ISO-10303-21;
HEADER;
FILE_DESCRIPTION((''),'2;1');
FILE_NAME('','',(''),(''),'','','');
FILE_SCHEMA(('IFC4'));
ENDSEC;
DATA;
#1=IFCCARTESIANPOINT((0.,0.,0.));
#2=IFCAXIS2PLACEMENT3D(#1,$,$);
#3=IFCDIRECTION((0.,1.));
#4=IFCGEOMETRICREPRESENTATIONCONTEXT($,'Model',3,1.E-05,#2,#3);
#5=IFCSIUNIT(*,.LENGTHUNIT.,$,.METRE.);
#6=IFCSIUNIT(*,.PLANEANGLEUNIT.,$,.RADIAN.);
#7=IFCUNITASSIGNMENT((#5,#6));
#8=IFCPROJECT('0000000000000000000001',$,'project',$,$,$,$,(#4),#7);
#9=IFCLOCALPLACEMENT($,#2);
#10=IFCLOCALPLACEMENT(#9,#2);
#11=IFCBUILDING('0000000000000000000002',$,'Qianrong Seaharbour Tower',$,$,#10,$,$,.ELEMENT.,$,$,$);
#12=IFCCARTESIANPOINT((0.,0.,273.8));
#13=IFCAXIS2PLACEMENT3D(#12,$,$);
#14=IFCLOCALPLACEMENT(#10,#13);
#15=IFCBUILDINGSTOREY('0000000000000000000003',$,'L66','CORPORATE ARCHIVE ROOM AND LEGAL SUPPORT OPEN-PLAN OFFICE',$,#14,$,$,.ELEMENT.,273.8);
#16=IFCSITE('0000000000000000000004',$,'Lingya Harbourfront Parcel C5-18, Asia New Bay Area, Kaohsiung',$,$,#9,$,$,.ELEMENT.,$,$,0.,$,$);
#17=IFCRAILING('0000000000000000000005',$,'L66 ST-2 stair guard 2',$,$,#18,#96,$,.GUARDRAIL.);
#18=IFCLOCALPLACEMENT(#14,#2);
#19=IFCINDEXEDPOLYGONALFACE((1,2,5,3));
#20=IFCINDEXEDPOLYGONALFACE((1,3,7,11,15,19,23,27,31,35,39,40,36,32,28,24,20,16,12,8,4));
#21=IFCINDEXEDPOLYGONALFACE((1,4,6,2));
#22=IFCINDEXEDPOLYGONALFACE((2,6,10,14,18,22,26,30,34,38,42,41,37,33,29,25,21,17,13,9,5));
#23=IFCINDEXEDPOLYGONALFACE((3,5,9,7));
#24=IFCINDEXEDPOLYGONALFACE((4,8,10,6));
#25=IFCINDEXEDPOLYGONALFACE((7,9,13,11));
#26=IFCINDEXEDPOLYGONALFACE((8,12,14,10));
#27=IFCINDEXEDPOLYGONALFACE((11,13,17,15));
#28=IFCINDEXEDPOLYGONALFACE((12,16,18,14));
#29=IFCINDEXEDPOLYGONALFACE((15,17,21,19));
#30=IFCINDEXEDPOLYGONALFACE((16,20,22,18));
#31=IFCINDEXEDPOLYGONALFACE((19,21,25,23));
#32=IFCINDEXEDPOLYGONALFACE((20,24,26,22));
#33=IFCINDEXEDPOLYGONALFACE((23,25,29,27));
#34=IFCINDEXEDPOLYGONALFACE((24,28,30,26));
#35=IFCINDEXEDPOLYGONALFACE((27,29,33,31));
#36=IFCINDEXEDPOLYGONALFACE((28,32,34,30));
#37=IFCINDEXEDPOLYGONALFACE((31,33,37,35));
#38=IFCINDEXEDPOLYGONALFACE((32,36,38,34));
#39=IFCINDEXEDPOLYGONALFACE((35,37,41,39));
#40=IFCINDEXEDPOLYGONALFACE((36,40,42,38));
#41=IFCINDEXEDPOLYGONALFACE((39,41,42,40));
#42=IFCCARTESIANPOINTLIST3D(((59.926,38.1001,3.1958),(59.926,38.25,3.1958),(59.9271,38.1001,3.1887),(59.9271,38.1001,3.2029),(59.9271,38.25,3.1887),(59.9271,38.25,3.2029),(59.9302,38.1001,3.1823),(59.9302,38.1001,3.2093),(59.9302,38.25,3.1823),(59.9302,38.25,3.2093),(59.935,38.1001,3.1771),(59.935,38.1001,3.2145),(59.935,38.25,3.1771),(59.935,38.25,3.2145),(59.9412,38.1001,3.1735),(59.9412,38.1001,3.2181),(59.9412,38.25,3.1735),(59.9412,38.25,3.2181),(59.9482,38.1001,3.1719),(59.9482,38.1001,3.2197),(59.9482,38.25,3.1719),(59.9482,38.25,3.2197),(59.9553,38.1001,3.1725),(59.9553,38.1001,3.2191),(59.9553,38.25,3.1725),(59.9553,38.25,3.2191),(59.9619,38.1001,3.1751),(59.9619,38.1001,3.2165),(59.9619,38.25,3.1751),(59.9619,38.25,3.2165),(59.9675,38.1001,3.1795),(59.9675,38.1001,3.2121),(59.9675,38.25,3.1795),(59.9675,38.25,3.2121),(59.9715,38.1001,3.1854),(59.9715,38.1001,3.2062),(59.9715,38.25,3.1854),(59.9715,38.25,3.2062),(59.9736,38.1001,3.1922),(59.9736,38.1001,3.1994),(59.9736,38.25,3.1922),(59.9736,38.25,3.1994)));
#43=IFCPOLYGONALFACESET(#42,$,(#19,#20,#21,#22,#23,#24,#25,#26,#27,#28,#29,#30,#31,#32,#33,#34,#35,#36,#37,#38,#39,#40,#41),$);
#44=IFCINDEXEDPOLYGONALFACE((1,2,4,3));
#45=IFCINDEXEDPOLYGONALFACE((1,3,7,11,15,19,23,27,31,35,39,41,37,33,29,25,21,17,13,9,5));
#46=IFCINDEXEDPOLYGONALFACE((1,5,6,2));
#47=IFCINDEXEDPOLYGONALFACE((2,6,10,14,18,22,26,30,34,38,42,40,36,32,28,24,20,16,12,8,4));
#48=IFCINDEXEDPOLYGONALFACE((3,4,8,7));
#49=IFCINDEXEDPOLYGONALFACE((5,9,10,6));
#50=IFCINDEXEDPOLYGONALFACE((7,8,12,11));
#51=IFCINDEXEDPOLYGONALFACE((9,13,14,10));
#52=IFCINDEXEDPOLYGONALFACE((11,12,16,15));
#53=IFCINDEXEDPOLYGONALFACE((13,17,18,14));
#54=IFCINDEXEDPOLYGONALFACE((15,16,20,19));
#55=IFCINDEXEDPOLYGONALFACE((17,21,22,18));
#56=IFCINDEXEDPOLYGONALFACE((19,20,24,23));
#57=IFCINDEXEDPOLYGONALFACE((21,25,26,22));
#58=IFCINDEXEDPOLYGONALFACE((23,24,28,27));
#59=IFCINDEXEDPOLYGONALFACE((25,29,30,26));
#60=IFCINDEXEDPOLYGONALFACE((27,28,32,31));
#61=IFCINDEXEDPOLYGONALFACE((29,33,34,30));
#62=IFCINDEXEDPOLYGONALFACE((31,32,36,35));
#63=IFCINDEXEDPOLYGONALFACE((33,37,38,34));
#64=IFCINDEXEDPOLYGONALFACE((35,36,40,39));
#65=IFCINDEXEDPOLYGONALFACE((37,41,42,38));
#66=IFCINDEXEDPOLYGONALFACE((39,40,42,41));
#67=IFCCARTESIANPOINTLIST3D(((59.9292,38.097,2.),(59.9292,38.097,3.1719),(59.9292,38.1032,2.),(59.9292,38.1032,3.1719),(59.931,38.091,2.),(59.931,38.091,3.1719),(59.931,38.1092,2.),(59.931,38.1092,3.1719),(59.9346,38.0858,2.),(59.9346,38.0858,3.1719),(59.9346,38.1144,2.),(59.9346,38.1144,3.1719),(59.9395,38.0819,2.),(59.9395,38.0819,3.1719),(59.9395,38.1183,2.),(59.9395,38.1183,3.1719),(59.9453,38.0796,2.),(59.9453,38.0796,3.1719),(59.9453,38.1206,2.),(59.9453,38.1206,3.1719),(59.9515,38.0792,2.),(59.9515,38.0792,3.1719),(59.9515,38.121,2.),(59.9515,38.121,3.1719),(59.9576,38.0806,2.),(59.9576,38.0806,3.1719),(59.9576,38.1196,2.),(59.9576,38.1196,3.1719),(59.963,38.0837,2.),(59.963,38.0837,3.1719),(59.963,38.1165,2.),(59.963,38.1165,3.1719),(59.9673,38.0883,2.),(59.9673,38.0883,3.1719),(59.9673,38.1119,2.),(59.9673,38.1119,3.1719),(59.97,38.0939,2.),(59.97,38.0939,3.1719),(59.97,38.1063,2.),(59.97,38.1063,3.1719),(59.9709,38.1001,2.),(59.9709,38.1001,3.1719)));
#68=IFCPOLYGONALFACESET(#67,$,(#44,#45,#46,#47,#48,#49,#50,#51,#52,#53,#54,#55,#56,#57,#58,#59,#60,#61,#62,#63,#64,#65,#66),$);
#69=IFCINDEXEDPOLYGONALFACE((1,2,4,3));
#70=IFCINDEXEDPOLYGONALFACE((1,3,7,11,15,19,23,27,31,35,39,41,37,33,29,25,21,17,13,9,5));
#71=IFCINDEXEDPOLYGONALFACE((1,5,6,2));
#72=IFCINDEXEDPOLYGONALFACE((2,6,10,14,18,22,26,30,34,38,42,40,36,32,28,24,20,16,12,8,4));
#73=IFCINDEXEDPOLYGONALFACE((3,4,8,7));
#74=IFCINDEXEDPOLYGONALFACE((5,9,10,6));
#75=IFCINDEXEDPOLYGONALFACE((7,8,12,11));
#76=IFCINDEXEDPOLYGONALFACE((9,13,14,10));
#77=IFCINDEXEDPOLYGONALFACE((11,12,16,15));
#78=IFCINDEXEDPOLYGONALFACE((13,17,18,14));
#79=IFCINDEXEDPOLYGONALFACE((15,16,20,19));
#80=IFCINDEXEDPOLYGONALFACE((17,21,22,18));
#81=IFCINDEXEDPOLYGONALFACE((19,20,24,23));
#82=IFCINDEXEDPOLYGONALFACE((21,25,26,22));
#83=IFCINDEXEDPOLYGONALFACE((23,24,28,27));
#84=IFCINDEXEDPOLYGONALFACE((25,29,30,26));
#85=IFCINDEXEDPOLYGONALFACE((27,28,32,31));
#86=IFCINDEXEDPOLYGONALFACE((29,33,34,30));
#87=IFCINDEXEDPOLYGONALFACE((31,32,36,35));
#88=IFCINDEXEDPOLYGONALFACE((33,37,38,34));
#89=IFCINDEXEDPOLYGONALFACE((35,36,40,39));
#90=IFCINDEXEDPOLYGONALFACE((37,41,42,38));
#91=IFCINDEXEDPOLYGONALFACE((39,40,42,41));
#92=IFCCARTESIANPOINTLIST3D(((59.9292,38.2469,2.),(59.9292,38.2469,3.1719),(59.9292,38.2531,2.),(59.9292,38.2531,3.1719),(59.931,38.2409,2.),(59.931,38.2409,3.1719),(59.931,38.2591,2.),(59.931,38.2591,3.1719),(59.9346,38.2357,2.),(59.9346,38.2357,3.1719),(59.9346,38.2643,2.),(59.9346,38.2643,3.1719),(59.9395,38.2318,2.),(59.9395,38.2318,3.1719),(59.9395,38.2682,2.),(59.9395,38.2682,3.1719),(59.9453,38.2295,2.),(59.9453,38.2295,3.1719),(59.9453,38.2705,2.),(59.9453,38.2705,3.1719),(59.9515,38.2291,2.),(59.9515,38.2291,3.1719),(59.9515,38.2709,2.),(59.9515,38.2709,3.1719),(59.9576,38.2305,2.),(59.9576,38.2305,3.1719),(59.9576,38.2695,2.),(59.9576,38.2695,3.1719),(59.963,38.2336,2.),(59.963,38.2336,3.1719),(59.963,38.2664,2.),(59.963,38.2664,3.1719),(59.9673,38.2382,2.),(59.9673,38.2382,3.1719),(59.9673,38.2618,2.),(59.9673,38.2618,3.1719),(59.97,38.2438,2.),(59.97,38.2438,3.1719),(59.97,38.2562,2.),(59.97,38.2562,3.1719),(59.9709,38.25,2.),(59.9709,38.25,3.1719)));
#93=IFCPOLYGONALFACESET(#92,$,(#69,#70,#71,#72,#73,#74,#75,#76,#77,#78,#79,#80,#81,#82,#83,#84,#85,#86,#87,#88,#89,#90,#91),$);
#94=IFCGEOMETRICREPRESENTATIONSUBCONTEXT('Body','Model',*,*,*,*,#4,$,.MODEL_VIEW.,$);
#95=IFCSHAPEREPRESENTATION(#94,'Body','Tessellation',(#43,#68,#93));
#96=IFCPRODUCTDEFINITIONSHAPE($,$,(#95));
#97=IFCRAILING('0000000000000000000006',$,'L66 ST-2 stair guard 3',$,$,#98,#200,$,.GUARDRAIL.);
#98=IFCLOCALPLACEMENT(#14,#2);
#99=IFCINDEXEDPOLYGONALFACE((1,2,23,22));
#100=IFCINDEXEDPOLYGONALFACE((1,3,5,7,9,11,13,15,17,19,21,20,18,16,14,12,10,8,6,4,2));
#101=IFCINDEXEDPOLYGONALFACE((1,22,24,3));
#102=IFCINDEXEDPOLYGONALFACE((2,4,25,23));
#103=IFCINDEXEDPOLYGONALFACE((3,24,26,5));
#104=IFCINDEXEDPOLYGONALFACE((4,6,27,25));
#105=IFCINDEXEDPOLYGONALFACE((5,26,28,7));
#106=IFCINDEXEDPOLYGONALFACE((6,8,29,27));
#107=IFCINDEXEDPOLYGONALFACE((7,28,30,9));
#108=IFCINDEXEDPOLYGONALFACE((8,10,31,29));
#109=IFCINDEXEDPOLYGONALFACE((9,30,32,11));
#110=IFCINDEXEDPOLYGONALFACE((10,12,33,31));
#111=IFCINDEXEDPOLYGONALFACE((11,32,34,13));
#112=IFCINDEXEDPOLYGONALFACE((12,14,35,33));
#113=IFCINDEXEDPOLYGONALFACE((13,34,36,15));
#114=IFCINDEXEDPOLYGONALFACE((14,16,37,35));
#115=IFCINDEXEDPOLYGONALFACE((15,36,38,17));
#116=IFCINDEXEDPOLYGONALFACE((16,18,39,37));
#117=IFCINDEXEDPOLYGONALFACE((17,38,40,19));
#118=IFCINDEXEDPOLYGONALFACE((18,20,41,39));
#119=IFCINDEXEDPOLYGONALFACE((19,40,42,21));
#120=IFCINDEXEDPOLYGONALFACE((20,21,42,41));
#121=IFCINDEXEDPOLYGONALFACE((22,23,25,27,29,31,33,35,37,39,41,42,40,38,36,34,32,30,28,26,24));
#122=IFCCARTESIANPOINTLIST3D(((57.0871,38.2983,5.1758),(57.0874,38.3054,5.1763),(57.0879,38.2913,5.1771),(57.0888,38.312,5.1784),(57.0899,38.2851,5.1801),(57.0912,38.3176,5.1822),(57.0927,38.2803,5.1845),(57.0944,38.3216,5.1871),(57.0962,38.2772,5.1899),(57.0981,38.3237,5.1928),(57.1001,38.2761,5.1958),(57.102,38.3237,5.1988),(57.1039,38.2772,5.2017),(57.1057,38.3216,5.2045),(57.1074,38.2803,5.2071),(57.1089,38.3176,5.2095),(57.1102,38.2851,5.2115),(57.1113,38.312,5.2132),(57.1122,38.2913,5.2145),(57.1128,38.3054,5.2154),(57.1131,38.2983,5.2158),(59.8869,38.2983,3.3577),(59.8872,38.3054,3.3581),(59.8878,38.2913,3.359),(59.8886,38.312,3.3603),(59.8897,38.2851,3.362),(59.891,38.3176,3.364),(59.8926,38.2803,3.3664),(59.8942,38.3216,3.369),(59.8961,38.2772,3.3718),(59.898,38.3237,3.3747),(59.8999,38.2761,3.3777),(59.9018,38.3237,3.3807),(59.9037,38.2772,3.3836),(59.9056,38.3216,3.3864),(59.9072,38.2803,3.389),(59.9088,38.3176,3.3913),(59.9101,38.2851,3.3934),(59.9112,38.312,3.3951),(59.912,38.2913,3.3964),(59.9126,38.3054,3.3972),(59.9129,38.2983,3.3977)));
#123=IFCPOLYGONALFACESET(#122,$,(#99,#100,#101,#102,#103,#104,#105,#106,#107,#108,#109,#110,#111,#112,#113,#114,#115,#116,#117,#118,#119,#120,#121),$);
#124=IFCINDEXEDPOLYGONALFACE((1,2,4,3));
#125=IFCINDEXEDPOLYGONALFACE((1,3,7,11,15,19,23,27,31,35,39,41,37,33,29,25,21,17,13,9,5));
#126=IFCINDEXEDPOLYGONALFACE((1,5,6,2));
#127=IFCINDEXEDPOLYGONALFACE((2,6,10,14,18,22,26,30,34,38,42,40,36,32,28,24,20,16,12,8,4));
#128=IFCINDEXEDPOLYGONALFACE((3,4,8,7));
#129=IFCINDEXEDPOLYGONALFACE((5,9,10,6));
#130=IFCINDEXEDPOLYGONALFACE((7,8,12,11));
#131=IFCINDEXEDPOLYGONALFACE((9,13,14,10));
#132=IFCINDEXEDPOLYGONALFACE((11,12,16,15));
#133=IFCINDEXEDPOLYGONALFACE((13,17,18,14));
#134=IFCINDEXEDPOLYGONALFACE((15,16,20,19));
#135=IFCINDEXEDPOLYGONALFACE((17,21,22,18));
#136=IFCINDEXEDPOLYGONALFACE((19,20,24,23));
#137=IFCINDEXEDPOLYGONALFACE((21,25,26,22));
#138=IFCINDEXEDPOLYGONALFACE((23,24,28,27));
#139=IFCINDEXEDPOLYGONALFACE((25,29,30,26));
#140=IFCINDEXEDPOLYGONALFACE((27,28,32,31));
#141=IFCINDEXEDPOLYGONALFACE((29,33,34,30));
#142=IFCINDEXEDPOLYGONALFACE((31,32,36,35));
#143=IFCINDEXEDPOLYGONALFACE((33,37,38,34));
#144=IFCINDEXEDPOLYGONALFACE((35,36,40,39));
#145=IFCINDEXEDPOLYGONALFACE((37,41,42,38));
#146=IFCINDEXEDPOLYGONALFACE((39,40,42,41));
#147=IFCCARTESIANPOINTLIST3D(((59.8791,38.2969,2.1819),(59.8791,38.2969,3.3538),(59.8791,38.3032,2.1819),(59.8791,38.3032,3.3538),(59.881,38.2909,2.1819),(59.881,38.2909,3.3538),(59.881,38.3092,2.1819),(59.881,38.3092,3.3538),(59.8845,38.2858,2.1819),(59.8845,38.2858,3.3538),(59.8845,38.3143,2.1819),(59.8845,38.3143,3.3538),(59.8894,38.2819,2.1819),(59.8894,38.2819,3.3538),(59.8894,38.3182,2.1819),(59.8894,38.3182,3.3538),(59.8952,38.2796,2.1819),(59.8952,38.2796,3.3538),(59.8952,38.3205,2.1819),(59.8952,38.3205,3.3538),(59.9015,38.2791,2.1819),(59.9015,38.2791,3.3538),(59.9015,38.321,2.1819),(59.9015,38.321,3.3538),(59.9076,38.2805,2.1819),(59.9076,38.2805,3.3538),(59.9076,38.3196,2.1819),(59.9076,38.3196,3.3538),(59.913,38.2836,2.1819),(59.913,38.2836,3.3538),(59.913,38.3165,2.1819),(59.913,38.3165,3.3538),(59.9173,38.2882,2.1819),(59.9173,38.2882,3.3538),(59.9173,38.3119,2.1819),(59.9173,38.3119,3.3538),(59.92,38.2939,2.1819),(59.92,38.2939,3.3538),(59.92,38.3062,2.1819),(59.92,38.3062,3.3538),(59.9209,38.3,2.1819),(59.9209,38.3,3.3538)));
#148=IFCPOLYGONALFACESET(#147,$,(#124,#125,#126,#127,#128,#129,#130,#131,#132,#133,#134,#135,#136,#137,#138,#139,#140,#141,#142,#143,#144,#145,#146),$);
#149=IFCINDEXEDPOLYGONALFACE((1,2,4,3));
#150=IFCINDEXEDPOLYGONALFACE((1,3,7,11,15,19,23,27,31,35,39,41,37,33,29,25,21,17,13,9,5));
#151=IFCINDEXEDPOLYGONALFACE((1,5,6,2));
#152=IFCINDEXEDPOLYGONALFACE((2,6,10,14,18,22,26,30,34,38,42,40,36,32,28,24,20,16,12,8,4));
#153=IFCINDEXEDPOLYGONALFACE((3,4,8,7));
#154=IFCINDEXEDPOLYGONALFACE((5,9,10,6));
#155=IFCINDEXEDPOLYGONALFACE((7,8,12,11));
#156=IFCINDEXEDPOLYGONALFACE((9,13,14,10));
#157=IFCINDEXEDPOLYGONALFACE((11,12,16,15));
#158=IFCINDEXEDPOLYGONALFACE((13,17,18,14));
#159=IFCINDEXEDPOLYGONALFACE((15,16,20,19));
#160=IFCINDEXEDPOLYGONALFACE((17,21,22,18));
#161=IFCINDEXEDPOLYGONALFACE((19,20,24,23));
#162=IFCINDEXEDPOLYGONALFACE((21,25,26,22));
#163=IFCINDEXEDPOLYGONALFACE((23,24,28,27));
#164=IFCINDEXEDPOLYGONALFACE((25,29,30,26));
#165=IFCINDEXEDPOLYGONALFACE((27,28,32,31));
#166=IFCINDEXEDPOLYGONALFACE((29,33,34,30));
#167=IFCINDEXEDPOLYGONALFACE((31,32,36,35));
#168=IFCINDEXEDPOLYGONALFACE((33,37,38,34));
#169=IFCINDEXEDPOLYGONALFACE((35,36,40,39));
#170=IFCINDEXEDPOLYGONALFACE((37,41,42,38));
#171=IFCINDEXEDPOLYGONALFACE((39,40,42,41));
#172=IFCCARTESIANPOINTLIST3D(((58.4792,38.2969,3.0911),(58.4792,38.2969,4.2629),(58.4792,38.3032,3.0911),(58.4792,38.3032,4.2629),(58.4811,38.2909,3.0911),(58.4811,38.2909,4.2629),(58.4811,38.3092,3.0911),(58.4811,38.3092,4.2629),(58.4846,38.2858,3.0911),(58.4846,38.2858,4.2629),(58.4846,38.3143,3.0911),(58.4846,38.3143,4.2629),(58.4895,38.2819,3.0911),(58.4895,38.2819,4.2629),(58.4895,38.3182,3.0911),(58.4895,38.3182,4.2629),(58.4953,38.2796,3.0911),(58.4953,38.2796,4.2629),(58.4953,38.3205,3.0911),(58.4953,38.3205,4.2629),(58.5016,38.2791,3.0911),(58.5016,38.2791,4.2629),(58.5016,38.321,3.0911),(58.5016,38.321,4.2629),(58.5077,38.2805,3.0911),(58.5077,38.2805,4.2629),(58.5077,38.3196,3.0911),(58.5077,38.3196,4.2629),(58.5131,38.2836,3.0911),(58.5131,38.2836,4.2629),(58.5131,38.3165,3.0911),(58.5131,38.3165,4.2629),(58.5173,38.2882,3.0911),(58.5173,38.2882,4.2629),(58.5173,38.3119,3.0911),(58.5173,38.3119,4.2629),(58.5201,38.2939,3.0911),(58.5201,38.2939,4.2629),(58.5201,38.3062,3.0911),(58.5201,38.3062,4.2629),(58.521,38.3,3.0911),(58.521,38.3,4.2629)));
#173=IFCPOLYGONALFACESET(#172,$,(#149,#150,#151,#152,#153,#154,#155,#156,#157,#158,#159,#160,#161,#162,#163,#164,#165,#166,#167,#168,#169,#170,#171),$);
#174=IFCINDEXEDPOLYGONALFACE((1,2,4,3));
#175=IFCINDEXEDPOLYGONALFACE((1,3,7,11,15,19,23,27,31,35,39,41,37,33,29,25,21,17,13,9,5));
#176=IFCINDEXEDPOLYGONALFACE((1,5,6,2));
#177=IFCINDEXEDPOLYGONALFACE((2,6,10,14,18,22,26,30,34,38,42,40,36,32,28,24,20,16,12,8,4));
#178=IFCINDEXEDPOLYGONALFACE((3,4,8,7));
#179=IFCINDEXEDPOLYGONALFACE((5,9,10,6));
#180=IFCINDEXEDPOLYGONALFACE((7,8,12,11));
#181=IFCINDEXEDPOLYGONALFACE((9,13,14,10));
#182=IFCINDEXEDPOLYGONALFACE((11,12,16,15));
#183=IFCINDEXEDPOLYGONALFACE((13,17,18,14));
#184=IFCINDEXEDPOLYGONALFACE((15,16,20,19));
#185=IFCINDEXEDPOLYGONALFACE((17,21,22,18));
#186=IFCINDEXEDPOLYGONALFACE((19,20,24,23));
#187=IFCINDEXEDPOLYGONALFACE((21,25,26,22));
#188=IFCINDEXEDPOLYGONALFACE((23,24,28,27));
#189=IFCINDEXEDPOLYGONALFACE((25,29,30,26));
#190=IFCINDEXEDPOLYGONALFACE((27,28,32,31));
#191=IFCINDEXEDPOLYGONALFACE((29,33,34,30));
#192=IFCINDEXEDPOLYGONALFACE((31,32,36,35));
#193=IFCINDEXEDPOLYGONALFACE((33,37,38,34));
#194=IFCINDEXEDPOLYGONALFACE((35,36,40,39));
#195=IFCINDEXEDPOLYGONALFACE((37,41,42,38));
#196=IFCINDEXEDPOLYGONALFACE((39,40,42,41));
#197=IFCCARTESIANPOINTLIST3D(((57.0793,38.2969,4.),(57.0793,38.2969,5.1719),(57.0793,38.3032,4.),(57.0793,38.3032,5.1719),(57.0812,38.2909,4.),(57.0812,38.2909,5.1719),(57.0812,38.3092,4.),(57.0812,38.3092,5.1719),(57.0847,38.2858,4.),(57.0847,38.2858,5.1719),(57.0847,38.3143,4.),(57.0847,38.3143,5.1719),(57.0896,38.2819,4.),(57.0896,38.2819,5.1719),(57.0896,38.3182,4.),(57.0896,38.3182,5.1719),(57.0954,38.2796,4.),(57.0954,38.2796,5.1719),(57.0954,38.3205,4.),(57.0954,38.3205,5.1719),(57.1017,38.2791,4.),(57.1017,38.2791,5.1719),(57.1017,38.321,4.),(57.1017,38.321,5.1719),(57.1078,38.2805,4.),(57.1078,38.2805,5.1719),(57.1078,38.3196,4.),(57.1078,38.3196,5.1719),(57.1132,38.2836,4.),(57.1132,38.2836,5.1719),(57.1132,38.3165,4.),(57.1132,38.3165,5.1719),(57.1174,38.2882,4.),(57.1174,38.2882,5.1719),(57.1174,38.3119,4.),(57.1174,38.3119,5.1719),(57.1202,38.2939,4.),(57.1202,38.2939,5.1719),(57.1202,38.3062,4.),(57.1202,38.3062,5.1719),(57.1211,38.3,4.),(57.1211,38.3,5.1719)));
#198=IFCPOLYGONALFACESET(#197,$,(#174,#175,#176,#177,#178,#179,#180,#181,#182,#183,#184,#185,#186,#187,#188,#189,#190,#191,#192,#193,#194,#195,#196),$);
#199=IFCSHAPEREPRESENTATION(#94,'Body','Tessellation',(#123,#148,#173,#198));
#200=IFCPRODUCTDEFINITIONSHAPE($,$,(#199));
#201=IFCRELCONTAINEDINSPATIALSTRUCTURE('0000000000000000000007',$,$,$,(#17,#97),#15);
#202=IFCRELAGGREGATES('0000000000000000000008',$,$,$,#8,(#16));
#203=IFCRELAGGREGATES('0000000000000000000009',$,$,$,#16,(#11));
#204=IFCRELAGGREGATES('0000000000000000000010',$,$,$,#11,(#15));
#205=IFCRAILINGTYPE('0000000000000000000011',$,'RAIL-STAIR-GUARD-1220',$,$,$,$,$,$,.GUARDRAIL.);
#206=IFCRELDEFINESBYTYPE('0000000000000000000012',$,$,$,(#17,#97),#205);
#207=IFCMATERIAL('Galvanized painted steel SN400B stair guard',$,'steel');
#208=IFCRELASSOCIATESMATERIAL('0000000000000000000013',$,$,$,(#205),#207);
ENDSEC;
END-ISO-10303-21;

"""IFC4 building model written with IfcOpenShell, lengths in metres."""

from ifc_helpers import new_model, si_unit, direction, frame, origin, origin_2d, place, context, subcontext, project, spatial, circle, extrude, material, type_object, element, save


model = new_model("IFC4")

# Units and contexts
model_context = context("Model", 3, precision=1e-05, world=origin(), true_north=direction((0.0, 1.0)))
body_context = subcontext(model_context, "Body", "Model", "MODEL_VIEW")
ifc_project = project(units=[si_unit("LENGTHUNIT", "METRE"), si_unit("PLANEANGLEUNIT", "RADIAN")], contexts=[model_context])

# Site, building, storey
site_placement = place(None, origin())
site = spatial("IfcSite", under=ifc_project, at=site_placement, Name="Lingya Harbourfront Parcel C5-18, Asia New Bay Area, Kaohsiung", CompositionType="ELEMENT", RefElevation=0.0)
building_placement = place(site_placement, origin())
building = spatial("IfcBuilding", under=site, at=building_placement, Name="Qianrong Seaharbour Tower", CompositionType="ELEMENT")
storey_placement = place(building_placement, frame((0.0, 0.0, 273.8)))
storey = spatial("IfcBuildingStorey", under=building, at=storey_placement, Name="L66", Description="CORPORATE ARCHIVE ROOM AND LEGAL SUPPORT OPEN-PLAN OFFICE", CompositionType="ELEMENT", Elevation=273.8)

# Railings
ifc_material_1 = material(Name="Galvanized painted steel SN400B stair guard", Category="steel")
railing_type_1 = type_object("IfcRailingType", Name="RAIL-STAIR-GUARD-1220", PredefinedType="GUARDRAIL", material=ifc_material_1)
railing_1_placement = place(storey_placement, frame((59.95, 38.1001, 2.0)))
element("IfcRailing", 1, at=railing_1_placement, inside=storey, type_object=railing_type_1, Name="L66 ST-2 stair guard 2", PredefinedType="GUARDRAIL", context=body_context, shape_type="SweptSolid", body=[
    extrude(circle(Radius=0.0239, at=origin_2d()), frame((0.0, 0.0, 1.1958), z_axis=(0.0, 1.0, 0.0), x_axis=(-1.0, 0.0, 0.0)), (0.0, 0.0, 1.0), 0.1499),
    extrude(circle(Radius=0.021, at=origin_2d()), origin(), (0.0, 0.0, 1.0), 1.1719),
    extrude(circle(Radius=0.021, at=origin_2d()), frame((0.0, 0.1499, 0.0)), (0.0, 0.0, 1.0), 1.1719),
])
railing_2_placement = place(storey_placement, frame((59.8999, 38.3, 2.1819)))
element("IfcRailing", 2, at=railing_2_placement, inside=storey, type_object=railing_type_1, Name="L66 ST-2 stair guard 3", PredefinedType="GUARDRAIL", context=body_context, shape_type="SweptSolid", body=[
    extrude(circle(Radius=0.0239, at=origin_2d()), frame((0.0, 0.0, 1.1958), z_axis=(-0.838684, 0.0, 0.544618), x_axis=(0.0, -1.0, 0.0)), (0.0, 0.0, 1.0), 3.3384),
    extrude(circle(Radius=0.021, at=origin_2d()), origin(), (0.0, 0.0, 1.0), 1.1719),
    extrude(circle(Radius=0.021, at=origin_2d()), frame((-1.3999, 0.0, 0.9092)), (0.0, 0.0, 1.0), 1.1719),
    extrude(circle(Radius=0.021, at=origin_2d()), frame((-2.7998, 0.0, 1.8181)), (0.0, 0.0, 1.0), 1.1719),
])

save(model, "model.ifc")
